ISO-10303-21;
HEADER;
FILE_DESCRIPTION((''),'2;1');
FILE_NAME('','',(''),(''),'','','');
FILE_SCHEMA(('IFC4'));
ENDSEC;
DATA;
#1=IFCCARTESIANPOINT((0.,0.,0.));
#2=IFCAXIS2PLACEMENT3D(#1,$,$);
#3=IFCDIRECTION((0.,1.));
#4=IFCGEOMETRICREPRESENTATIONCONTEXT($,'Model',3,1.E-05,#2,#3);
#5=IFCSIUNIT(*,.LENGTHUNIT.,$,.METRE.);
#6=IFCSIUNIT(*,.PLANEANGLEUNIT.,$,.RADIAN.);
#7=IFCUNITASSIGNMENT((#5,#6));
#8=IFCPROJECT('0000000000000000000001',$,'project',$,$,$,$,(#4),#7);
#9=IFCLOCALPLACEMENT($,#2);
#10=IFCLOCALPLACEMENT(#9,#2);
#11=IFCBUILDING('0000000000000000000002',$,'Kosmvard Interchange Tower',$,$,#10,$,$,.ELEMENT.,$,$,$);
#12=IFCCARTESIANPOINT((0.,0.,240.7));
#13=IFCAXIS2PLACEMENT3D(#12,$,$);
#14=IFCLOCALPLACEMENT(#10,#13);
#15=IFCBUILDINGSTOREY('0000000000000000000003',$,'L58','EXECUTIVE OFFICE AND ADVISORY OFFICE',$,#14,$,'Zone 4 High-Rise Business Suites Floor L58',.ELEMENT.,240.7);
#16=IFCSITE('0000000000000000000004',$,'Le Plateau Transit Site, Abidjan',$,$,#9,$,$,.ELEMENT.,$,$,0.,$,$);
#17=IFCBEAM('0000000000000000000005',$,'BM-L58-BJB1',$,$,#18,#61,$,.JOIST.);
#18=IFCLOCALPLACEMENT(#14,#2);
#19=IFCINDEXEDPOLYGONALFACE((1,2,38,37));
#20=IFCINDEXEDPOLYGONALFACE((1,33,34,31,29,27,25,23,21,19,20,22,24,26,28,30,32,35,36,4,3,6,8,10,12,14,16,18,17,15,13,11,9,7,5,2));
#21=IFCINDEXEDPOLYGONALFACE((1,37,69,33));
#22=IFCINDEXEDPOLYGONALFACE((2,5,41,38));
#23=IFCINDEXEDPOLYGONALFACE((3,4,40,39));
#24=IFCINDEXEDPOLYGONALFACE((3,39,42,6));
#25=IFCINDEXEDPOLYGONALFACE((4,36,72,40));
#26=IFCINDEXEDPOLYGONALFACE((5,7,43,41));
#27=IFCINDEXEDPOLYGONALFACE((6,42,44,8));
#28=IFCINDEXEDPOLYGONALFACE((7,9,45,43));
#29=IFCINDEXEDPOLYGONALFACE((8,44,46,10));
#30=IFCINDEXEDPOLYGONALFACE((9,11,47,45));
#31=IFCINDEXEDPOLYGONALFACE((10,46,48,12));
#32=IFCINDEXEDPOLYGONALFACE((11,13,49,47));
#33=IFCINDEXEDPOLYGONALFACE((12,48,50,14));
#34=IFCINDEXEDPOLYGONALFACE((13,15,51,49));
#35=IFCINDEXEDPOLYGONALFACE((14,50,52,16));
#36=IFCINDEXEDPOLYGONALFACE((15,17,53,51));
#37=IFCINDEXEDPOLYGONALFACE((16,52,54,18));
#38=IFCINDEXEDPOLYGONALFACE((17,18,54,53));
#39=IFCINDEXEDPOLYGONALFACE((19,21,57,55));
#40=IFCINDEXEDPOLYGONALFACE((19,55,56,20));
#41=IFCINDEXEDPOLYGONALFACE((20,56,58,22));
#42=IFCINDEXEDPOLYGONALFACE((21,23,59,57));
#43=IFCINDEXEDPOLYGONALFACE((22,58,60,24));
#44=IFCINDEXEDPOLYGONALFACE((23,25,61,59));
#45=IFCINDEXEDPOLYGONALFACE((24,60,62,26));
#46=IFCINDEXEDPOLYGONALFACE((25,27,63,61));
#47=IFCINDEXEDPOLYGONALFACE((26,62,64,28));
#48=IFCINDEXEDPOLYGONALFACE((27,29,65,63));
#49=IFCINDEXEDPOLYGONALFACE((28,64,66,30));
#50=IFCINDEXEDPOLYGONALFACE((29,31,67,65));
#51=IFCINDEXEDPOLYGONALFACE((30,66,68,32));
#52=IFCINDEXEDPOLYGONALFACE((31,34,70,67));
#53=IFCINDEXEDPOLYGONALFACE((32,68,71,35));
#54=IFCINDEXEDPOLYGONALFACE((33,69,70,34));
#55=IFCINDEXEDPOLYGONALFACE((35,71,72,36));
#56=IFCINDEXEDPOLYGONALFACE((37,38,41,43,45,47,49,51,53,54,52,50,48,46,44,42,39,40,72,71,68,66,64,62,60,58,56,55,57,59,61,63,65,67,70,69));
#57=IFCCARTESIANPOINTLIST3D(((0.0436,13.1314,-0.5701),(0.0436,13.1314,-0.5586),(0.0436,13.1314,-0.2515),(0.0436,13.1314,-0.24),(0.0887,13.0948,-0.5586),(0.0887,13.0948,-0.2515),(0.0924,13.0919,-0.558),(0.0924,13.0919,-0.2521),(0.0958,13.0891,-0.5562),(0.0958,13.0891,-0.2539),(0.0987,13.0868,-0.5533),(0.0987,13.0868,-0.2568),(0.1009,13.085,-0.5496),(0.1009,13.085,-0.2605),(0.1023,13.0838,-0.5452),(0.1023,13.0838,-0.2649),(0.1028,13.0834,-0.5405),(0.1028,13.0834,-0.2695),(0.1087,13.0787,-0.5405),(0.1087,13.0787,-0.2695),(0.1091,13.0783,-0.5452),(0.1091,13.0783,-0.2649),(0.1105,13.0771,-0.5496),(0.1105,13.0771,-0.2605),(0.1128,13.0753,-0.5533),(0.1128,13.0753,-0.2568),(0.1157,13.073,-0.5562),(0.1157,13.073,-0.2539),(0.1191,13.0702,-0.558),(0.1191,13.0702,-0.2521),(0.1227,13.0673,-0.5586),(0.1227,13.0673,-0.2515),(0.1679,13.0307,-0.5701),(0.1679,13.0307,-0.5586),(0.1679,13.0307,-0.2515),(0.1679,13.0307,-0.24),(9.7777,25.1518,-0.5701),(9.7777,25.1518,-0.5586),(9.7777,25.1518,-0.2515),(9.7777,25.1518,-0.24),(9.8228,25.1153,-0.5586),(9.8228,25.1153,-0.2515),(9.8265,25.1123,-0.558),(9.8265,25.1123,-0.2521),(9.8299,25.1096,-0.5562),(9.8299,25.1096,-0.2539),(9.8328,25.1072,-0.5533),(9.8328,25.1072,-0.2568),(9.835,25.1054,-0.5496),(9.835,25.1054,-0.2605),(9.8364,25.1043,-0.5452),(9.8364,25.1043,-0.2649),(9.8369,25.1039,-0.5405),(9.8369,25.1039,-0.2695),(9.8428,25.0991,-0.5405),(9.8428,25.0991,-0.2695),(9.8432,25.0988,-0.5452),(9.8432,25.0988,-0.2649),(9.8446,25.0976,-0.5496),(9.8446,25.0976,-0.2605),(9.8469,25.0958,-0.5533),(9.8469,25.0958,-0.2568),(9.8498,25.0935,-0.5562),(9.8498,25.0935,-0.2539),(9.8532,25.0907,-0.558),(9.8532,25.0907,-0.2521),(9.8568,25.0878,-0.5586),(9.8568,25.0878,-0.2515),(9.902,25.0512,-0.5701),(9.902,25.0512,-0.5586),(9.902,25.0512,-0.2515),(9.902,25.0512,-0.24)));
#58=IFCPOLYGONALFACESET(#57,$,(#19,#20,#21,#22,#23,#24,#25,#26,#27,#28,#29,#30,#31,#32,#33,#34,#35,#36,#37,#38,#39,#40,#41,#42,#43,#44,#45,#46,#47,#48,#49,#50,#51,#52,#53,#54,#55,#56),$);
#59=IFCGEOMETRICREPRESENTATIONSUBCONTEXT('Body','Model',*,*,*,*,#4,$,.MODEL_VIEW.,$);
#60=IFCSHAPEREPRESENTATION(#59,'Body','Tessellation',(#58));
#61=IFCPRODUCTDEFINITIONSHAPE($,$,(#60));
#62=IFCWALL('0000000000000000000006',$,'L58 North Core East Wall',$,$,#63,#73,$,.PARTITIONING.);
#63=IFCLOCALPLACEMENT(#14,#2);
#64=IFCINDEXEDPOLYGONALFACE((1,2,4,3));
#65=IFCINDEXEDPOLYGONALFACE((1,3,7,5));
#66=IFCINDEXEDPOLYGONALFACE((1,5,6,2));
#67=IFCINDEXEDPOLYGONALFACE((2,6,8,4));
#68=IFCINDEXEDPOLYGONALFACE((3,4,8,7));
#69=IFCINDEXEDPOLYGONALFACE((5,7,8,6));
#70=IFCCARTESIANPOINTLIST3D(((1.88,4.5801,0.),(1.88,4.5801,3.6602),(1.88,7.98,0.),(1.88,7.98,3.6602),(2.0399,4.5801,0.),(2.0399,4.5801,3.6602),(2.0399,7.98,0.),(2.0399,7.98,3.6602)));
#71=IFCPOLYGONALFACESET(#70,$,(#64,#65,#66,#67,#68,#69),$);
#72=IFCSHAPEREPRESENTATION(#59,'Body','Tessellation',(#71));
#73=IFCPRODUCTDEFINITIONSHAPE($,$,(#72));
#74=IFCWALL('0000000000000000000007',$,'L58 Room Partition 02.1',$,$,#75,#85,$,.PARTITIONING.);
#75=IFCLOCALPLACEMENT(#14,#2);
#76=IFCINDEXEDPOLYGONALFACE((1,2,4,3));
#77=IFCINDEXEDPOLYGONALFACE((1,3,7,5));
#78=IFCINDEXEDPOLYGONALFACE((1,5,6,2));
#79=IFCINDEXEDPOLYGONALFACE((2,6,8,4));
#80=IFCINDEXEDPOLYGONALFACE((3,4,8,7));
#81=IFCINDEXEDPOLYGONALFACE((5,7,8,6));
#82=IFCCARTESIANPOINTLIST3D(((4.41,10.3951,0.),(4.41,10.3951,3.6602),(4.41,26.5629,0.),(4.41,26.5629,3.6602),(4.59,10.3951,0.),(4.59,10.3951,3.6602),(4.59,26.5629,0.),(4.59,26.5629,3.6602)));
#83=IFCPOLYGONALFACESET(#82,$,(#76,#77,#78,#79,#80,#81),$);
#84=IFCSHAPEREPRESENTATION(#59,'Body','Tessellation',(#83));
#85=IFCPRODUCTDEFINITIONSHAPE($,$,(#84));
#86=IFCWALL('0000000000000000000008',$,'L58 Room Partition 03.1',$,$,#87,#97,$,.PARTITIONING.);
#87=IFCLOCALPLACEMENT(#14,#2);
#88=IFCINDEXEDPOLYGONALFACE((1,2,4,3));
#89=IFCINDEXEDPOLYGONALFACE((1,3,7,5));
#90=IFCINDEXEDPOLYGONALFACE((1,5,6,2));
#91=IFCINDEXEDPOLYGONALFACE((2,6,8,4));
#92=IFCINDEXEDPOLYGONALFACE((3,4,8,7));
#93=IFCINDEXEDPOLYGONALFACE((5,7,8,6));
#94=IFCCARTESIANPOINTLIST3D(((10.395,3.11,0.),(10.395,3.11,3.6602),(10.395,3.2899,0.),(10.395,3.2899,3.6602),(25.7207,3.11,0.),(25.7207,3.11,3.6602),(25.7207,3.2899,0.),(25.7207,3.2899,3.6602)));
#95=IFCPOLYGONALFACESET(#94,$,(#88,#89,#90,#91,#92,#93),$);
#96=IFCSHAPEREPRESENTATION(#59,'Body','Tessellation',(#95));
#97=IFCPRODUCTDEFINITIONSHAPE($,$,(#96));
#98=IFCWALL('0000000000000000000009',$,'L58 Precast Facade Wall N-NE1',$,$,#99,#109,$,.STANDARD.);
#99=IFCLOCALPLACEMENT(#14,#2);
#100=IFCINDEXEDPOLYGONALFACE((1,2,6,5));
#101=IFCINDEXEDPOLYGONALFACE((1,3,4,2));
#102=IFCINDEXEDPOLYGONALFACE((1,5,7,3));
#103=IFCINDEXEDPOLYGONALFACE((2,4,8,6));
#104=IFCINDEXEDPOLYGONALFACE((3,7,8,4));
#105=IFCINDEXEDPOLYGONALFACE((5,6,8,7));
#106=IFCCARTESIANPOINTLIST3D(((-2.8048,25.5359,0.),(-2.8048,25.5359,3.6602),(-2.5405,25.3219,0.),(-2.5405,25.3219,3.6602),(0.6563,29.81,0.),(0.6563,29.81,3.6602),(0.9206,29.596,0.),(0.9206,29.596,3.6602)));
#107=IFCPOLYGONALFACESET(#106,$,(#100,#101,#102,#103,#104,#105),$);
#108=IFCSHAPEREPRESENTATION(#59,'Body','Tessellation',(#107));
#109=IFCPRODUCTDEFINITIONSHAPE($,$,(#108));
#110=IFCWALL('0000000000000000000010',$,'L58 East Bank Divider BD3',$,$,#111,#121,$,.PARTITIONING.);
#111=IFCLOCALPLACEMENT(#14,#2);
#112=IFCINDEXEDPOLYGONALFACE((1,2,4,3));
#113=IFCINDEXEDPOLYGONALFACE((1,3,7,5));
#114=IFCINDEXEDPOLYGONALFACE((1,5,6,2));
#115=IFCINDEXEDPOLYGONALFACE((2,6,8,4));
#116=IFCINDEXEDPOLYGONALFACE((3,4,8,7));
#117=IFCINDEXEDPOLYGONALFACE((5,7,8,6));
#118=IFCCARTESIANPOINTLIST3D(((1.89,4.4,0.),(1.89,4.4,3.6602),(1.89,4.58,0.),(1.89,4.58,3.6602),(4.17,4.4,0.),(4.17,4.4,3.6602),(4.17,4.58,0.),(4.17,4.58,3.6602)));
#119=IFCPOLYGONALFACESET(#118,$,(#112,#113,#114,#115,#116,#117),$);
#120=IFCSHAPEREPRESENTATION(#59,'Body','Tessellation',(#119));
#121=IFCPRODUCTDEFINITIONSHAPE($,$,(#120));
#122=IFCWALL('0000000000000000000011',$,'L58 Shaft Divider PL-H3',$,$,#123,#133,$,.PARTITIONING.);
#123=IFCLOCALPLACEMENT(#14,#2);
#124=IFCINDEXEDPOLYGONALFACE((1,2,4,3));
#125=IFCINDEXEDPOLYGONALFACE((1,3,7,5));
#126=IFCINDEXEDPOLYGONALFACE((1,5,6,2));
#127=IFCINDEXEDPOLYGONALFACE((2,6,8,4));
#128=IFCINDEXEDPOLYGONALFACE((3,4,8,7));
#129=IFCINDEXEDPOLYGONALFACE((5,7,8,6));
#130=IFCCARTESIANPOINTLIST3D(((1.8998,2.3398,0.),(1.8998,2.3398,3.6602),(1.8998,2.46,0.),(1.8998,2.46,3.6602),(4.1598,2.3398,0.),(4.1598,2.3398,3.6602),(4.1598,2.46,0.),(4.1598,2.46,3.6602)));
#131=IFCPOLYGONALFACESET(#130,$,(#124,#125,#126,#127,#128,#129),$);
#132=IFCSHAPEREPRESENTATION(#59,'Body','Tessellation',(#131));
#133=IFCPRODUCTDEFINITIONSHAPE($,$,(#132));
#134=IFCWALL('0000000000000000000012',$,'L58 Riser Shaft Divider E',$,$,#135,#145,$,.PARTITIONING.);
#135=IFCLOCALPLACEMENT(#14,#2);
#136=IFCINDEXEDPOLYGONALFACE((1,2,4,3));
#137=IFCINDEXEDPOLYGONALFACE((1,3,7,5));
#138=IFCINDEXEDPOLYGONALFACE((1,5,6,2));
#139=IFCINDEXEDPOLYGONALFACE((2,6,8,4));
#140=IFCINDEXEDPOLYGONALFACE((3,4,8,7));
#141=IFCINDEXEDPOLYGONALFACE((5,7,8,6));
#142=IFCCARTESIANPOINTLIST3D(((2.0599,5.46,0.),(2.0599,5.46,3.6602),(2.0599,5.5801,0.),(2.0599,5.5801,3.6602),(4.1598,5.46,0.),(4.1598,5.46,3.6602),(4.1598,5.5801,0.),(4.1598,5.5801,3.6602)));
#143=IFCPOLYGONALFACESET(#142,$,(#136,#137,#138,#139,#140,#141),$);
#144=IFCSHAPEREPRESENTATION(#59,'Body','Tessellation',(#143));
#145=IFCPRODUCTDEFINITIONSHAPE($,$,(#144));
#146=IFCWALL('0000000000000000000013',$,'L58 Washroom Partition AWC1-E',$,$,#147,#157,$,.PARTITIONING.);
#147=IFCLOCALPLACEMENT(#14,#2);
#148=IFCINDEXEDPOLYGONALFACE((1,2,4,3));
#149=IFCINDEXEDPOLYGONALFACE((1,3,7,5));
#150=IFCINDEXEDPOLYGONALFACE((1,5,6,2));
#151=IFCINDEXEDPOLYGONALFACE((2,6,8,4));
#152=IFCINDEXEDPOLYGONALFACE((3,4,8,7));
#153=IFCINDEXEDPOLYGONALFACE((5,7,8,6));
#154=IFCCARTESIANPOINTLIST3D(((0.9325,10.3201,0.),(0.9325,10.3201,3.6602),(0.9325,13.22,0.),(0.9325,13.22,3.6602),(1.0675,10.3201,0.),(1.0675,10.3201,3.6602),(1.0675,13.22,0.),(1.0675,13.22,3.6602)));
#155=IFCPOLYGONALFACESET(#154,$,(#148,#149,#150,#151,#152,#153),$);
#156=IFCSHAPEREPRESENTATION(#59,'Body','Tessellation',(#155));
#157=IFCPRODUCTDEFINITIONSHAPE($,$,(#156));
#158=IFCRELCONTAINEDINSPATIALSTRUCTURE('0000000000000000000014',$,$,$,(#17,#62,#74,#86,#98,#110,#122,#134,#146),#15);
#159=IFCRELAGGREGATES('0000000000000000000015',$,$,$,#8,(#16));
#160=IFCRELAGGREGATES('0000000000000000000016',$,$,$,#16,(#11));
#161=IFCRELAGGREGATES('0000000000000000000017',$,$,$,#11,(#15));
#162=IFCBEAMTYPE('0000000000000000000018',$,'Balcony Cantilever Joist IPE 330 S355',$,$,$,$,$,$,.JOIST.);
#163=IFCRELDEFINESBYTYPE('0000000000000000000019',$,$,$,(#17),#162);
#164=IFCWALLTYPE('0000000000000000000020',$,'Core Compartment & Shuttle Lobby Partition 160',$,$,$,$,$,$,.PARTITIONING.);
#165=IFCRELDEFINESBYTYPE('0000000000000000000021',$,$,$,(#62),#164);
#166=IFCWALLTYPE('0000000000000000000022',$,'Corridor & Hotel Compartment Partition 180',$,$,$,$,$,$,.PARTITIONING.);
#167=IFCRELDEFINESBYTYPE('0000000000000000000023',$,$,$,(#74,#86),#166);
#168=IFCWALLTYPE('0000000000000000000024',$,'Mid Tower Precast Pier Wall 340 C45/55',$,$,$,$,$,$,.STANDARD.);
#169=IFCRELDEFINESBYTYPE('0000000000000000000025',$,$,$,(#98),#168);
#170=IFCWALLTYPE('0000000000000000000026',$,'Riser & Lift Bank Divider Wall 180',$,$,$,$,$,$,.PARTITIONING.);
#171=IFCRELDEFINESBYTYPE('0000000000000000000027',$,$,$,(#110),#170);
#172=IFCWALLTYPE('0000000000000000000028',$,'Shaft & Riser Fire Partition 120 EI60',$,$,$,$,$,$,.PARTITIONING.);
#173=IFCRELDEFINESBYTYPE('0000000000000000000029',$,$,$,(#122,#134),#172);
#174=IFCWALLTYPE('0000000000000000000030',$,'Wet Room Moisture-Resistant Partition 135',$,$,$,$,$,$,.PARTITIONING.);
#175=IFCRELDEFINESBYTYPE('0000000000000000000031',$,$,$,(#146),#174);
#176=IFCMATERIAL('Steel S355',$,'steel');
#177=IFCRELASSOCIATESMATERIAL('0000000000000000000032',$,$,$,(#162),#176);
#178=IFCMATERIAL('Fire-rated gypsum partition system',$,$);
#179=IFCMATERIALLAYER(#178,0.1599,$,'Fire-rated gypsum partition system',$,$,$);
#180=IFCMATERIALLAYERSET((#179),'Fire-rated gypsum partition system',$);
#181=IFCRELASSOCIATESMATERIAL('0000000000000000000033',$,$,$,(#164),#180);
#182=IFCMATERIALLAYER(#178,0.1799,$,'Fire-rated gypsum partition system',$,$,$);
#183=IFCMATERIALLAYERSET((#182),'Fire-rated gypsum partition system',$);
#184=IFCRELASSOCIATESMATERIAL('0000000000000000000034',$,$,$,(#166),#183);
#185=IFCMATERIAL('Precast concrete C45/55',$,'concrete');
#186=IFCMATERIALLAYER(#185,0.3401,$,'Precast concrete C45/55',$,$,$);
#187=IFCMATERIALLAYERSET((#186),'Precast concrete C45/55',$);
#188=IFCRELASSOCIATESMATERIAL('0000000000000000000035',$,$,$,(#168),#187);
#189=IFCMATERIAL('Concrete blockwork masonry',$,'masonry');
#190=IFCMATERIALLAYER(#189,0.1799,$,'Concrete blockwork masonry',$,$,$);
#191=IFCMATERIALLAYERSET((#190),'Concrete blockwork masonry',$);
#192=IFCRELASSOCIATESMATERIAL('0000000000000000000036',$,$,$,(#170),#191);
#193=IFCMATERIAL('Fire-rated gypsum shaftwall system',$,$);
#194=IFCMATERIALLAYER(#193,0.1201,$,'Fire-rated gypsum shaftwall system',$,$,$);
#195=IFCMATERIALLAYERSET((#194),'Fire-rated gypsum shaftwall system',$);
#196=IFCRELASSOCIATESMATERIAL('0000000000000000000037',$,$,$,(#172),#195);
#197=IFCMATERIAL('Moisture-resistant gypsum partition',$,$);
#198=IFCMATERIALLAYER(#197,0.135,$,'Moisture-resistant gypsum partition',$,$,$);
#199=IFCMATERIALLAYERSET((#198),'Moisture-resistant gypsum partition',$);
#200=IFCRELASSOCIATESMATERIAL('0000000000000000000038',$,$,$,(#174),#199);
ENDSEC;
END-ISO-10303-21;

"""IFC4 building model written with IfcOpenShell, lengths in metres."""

from ifc_helpers import new_model, si_unit, direction, frame, frame_2d, origin, origin_2d, place, context, subcontext, project, spatial, rectangle, i_section, extrude, source, transform, mapped, material, layer, layer_set, material_profile, profile_set, type_object, element, save


model = new_model("IFC4")

# Units and contexts
model_context = context("Model", 3, precision=1e-05, world=origin(), true_north=direction((0.0, 1.0)))
body_context = subcontext(model_context, "Body", "Model", "MODEL_VIEW")
ifc_project = project(units=[si_unit("LENGTHUNIT", "METRE"), si_unit("PLANEANGLEUNIT", "RADIAN")], contexts=[model_context])

# Site, building, storey
site_placement = place(None, origin())
site = spatial("IfcSite", under=ifc_project, at=site_placement, Name="Le Plateau Transit Site, Abidjan", CompositionType="ELEMENT", RefElevation=0.0)
building_placement = place(site_placement, origin())
building = spatial("IfcBuilding", under=site, at=building_placement, Name="Kosmvard Interchange Tower", CompositionType="ELEMENT")
storey_placement = place(building_placement, frame((0.0, 0.0, 240.7)))
storey = spatial("IfcBuildingStorey", under=building, at=storey_placement, Name="L58", Description="EXECUTIVE OFFICE AND ADVISORY OFFICE", LongName="Zone 4 High-Rise Business Suites Floor L58", CompositionType="ELEMENT", Elevation=240.7)

# Beam
ifc_material_1 = material(Name="Steel S355", Category="steel")
ifc_material_2 = material(Name="Precast concrete C45/55", Category="concrete")
ifc_material_profile_1 = material_profile(ifc_material_1, i_section(OverallWidth=0.1599, OverallDepth=0.3301, WebThickness=0.0076, FlangeThickness=0.0115, FilletRadius=0.0181, at=origin_2d()), Name="IPE 330")
ifc_profile_set_1 = profile_set([ifc_material_profile_1], Name="Steel S355")
beam_type_1 = type_object("IfcBeamType", Name="Balcony Cantilever Joist IPE 330 S355", PredefinedType="JOIST", material=ifc_profile_set_1)
shared_shape_1 = source(origin(), body_context, "Body", "SweptSolid", [
    extrude(i_section(OverallWidth=0.1599, OverallDepth=0.3301, WebThickness=0.0076, FlangeThickness=0.0115, FilletRadius=0.0181, at=origin_2d()), origin(), (0.0, 0.0, 1.0), 15.4675),
])
beam_1_placement = place(storey_placement, frame((0.1057, 13.0811, -0.405), z_axis=(0.629325, 0.777142, 0.0), x_axis=(-0.777142, 0.629325, 0.0)))
element("IfcBeam", 1, at=beam_1_placement, inside=storey, type_object=beam_type_1, Name="BM-L58-BJB1", PredefinedType="JOIST", context=body_context, shape_type="MappedRepresentation", body=[
    mapped(shared_shape_1, transform((0.0, 0.0, 0.0), scale=1.0)),
])

# Walls
ifc_material_3 = material(Name="Fire-rated gypsum partition system")
ifc_layer_1 = layer(ifc_material_3, 0.1599, Name="Fire-rated gypsum partition system")
ifc_layer_set_1 = layer_set([ifc_layer_1], Name="Fire-rated gypsum partition system")
wall_type_1 = type_object("IfcWallType", Name="Core Compartment & Shuttle Lobby Partition 160", PredefinedType="PARTITIONING", material=ifc_layer_set_1)
wall_1_placement = place(storey_placement, frame((1.96, 4.5801, 0.0), z_axis=(0.0, 0.0, 1.0), x_axis=(0.0, 1.0, 0.0)))
element("IfcWall", 2, at=wall_1_placement, inside=storey, type_object=wall_type_1, Name="L58 North Core East Wall", PredefinedType="PARTITIONING", context=body_context, shape_type="SweptSolid", body=[
    extrude(rectangle(XDim=3.3999, YDim=0.1599, at=frame_2d((1.7, 0.0))), origin(), (0.0, 0.0, 1.0), 3.6602),
])
ifc_layer_2 = layer(ifc_material_3, 0.1799, Name="Fire-rated gypsum partition system")
ifc_layer_set_2 = layer_set([ifc_layer_2], Name="Fire-rated gypsum partition system")
wall_type_2 = type_object("IfcWallType", Name="Corridor & Hotel Compartment Partition 180", PredefinedType="PARTITIONING", material=ifc_layer_set_2)
wall_2_placement = place(storey_placement, frame((4.5, 10.395, 0.0), z_axis=(0.0, 0.0, 1.0), x_axis=(0.0, 1.0, 0.0)))
element("IfcWall", 3, at=wall_2_placement, inside=storey, type_object=wall_type_2, Name="L58 Room Partition 02.1", PredefinedType="PARTITIONING", context=body_context, shape_type="SweptSolid", body=[
    extrude(rectangle(XDim=16.1677, YDim=0.1799, at=frame_2d((8.084, 0.0))), origin(), (0.0, 0.0, 1.0), 3.6602),
])
wall_3_placement = place(storey_placement, frame((10.395, 3.2, 0.0), z_axis=(0.0, 0.0, 1.0), x_axis=(1.0, 0.0, 0.0)))
element("IfcWall", 4, at=wall_3_placement, inside=storey, type_object=wall_type_2, Name="L58 Room Partition 03.1", PredefinedType="PARTITIONING", context=body_context, shape_type="SweptSolid", body=[
    extrude(rectangle(XDim=15.3257, YDim=0.1799, at=frame_2d((7.6628, 0.0))), origin(), (0.0, 0.0, 1.0), 3.6602),
])
ifc_layer_3 = layer(ifc_material_2, 0.3401, Name="Precast concrete C45/55")
ifc_layer_set_3 = layer_set([ifc_layer_3], Name="Precast concrete C45/55")
wall_type_3 = type_object("IfcWallType", Name="Mid Tower Precast Pier Wall 340 C45/55", PredefinedType="STANDARD", material=ifc_layer_set_3)
wall_4_placement = place(storey_placement, frame((0.7886, 29.7031, 0.0), z_axis=(0.0, 0.0, 1.0), x_axis=(-0.629323, -0.777144, 0.0)))
element("IfcWall", 5, at=wall_4_placement, inside=storey, type_object=wall_type_3, Name="L58 Precast Facade Wall N-NE1", PredefinedType="STANDARD", context=body_context, shape_type="SweptSolid", body=[
    extrude(rectangle(XDim=5.4998, YDim=0.3401, at=frame_2d((2.75, 0.0))), origin(), (0.0, 0.0, 1.0), 3.6602),
])
ifc_material_4 = material(Name="Concrete blockwork masonry", Category="masonry")
ifc_layer_4 = layer(ifc_material_4, 0.1799, Name="Concrete blockwork masonry")
ifc_layer_set_4 = layer_set([ifc_layer_4], Name="Concrete blockwork masonry")
wall_type_4 = type_object("IfcWallType", Name="Riser & Lift Bank Divider Wall 180", PredefinedType="PARTITIONING", material=ifc_layer_set_4)
wall_5_placement = place(storey_placement, frame((1.8899, 4.49, 0.0), z_axis=(0.0, 0.0, 1.0), x_axis=(1.0, 0.0, 0.0)))
element("IfcWall", 6, at=wall_5_placement, inside=storey, type_object=wall_type_4, Name="L58 East Bank Divider BD3", PredefinedType="PARTITIONING", context=body_context, shape_type="SweptSolid", body=[
    extrude(rectangle(XDim=2.28, YDim=0.1799, at=frame_2d((1.1401, 0.0))), origin(), (0.0, 0.0, 1.0), 3.6602),
])
ifc_material_5 = material(Name="Fire-rated gypsum shaftwall system")
ifc_layer_5 = layer(ifc_material_5, 0.1201, Name="Fire-rated gypsum shaftwall system")
ifc_layer_set_5 = layer_set([ifc_layer_5], Name="Fire-rated gypsum shaftwall system")
wall_type_5 = type_object("IfcWallType", Name="Shaft & Riser Fire Partition 120 EI60", PredefinedType="PARTITIONING", material=ifc_layer_set_5)
wall_6_placement = place(storey_placement, frame((1.8999, 2.3999, 0.0), z_axis=(0.0, 0.0, 1.0), x_axis=(1.0, 0.0, 0.0)))
element("IfcWall", 7, at=wall_6_placement, inside=storey, type_object=wall_type_5, Name="L58 Shaft Divider PL-H3", PredefinedType="PARTITIONING", context=body_context, shape_type="SweptSolid", body=[
    extrude(rectangle(XDim=2.26, YDim=0.1201, at=frame_2d((1.1299, 0.0))), origin(), (0.0, 0.0, 1.0), 3.6602),
])
wall_7_placement = place(storey_placement, frame((2.0601, 5.52, 0.0), z_axis=(0.0, 0.0, 1.0), x_axis=(1.0, 0.0, 0.0)))
element("IfcWall", 8, at=wall_7_placement, inside=storey, type_object=wall_type_5, Name="L58 Riser Shaft Divider E", PredefinedType="PARTITIONING", context=body_context, shape_type="SweptSolid", body=[
    extrude(rectangle(XDim=2.0999, YDim=0.1201, at=frame_2d((1.0498, 0.0))), origin(), (0.0, 0.0, 1.0), 3.6602),
])
ifc_material_6 = material(Name="Moisture-resistant gypsum partition")
ifc_layer_6 = layer(ifc_material_6, 0.135, Name="Moisture-resistant gypsum partition")
ifc_layer_set_6 = layer_set([ifc_layer_6], Name="Moisture-resistant gypsum partition")
wall_type_6 = type_object("IfcWallType", Name="Wet Room Moisture-Resistant Partition 135", PredefinedType="PARTITIONING", material=ifc_layer_set_6)
wall_8_placement = place(storey_placement, frame((1.0, 10.3201, 0.0), z_axis=(0.0, 0.0, 1.0), x_axis=(0.0, 1.0, 0.0)))
element("IfcWall", 9, at=wall_8_placement, inside=storey, type_object=wall_type_6, Name="L58 Washroom Partition AWC1-E", PredefinedType="PARTITIONING", context=body_context, shape_type="SweptSolid", body=[
    extrude(rectangle(XDim=2.8999, YDim=0.135, at=frame_2d((1.45, 0.0))), origin(), (0.0, 0.0, 1.0), 3.6602),
])

save(model, "model.ifc")
